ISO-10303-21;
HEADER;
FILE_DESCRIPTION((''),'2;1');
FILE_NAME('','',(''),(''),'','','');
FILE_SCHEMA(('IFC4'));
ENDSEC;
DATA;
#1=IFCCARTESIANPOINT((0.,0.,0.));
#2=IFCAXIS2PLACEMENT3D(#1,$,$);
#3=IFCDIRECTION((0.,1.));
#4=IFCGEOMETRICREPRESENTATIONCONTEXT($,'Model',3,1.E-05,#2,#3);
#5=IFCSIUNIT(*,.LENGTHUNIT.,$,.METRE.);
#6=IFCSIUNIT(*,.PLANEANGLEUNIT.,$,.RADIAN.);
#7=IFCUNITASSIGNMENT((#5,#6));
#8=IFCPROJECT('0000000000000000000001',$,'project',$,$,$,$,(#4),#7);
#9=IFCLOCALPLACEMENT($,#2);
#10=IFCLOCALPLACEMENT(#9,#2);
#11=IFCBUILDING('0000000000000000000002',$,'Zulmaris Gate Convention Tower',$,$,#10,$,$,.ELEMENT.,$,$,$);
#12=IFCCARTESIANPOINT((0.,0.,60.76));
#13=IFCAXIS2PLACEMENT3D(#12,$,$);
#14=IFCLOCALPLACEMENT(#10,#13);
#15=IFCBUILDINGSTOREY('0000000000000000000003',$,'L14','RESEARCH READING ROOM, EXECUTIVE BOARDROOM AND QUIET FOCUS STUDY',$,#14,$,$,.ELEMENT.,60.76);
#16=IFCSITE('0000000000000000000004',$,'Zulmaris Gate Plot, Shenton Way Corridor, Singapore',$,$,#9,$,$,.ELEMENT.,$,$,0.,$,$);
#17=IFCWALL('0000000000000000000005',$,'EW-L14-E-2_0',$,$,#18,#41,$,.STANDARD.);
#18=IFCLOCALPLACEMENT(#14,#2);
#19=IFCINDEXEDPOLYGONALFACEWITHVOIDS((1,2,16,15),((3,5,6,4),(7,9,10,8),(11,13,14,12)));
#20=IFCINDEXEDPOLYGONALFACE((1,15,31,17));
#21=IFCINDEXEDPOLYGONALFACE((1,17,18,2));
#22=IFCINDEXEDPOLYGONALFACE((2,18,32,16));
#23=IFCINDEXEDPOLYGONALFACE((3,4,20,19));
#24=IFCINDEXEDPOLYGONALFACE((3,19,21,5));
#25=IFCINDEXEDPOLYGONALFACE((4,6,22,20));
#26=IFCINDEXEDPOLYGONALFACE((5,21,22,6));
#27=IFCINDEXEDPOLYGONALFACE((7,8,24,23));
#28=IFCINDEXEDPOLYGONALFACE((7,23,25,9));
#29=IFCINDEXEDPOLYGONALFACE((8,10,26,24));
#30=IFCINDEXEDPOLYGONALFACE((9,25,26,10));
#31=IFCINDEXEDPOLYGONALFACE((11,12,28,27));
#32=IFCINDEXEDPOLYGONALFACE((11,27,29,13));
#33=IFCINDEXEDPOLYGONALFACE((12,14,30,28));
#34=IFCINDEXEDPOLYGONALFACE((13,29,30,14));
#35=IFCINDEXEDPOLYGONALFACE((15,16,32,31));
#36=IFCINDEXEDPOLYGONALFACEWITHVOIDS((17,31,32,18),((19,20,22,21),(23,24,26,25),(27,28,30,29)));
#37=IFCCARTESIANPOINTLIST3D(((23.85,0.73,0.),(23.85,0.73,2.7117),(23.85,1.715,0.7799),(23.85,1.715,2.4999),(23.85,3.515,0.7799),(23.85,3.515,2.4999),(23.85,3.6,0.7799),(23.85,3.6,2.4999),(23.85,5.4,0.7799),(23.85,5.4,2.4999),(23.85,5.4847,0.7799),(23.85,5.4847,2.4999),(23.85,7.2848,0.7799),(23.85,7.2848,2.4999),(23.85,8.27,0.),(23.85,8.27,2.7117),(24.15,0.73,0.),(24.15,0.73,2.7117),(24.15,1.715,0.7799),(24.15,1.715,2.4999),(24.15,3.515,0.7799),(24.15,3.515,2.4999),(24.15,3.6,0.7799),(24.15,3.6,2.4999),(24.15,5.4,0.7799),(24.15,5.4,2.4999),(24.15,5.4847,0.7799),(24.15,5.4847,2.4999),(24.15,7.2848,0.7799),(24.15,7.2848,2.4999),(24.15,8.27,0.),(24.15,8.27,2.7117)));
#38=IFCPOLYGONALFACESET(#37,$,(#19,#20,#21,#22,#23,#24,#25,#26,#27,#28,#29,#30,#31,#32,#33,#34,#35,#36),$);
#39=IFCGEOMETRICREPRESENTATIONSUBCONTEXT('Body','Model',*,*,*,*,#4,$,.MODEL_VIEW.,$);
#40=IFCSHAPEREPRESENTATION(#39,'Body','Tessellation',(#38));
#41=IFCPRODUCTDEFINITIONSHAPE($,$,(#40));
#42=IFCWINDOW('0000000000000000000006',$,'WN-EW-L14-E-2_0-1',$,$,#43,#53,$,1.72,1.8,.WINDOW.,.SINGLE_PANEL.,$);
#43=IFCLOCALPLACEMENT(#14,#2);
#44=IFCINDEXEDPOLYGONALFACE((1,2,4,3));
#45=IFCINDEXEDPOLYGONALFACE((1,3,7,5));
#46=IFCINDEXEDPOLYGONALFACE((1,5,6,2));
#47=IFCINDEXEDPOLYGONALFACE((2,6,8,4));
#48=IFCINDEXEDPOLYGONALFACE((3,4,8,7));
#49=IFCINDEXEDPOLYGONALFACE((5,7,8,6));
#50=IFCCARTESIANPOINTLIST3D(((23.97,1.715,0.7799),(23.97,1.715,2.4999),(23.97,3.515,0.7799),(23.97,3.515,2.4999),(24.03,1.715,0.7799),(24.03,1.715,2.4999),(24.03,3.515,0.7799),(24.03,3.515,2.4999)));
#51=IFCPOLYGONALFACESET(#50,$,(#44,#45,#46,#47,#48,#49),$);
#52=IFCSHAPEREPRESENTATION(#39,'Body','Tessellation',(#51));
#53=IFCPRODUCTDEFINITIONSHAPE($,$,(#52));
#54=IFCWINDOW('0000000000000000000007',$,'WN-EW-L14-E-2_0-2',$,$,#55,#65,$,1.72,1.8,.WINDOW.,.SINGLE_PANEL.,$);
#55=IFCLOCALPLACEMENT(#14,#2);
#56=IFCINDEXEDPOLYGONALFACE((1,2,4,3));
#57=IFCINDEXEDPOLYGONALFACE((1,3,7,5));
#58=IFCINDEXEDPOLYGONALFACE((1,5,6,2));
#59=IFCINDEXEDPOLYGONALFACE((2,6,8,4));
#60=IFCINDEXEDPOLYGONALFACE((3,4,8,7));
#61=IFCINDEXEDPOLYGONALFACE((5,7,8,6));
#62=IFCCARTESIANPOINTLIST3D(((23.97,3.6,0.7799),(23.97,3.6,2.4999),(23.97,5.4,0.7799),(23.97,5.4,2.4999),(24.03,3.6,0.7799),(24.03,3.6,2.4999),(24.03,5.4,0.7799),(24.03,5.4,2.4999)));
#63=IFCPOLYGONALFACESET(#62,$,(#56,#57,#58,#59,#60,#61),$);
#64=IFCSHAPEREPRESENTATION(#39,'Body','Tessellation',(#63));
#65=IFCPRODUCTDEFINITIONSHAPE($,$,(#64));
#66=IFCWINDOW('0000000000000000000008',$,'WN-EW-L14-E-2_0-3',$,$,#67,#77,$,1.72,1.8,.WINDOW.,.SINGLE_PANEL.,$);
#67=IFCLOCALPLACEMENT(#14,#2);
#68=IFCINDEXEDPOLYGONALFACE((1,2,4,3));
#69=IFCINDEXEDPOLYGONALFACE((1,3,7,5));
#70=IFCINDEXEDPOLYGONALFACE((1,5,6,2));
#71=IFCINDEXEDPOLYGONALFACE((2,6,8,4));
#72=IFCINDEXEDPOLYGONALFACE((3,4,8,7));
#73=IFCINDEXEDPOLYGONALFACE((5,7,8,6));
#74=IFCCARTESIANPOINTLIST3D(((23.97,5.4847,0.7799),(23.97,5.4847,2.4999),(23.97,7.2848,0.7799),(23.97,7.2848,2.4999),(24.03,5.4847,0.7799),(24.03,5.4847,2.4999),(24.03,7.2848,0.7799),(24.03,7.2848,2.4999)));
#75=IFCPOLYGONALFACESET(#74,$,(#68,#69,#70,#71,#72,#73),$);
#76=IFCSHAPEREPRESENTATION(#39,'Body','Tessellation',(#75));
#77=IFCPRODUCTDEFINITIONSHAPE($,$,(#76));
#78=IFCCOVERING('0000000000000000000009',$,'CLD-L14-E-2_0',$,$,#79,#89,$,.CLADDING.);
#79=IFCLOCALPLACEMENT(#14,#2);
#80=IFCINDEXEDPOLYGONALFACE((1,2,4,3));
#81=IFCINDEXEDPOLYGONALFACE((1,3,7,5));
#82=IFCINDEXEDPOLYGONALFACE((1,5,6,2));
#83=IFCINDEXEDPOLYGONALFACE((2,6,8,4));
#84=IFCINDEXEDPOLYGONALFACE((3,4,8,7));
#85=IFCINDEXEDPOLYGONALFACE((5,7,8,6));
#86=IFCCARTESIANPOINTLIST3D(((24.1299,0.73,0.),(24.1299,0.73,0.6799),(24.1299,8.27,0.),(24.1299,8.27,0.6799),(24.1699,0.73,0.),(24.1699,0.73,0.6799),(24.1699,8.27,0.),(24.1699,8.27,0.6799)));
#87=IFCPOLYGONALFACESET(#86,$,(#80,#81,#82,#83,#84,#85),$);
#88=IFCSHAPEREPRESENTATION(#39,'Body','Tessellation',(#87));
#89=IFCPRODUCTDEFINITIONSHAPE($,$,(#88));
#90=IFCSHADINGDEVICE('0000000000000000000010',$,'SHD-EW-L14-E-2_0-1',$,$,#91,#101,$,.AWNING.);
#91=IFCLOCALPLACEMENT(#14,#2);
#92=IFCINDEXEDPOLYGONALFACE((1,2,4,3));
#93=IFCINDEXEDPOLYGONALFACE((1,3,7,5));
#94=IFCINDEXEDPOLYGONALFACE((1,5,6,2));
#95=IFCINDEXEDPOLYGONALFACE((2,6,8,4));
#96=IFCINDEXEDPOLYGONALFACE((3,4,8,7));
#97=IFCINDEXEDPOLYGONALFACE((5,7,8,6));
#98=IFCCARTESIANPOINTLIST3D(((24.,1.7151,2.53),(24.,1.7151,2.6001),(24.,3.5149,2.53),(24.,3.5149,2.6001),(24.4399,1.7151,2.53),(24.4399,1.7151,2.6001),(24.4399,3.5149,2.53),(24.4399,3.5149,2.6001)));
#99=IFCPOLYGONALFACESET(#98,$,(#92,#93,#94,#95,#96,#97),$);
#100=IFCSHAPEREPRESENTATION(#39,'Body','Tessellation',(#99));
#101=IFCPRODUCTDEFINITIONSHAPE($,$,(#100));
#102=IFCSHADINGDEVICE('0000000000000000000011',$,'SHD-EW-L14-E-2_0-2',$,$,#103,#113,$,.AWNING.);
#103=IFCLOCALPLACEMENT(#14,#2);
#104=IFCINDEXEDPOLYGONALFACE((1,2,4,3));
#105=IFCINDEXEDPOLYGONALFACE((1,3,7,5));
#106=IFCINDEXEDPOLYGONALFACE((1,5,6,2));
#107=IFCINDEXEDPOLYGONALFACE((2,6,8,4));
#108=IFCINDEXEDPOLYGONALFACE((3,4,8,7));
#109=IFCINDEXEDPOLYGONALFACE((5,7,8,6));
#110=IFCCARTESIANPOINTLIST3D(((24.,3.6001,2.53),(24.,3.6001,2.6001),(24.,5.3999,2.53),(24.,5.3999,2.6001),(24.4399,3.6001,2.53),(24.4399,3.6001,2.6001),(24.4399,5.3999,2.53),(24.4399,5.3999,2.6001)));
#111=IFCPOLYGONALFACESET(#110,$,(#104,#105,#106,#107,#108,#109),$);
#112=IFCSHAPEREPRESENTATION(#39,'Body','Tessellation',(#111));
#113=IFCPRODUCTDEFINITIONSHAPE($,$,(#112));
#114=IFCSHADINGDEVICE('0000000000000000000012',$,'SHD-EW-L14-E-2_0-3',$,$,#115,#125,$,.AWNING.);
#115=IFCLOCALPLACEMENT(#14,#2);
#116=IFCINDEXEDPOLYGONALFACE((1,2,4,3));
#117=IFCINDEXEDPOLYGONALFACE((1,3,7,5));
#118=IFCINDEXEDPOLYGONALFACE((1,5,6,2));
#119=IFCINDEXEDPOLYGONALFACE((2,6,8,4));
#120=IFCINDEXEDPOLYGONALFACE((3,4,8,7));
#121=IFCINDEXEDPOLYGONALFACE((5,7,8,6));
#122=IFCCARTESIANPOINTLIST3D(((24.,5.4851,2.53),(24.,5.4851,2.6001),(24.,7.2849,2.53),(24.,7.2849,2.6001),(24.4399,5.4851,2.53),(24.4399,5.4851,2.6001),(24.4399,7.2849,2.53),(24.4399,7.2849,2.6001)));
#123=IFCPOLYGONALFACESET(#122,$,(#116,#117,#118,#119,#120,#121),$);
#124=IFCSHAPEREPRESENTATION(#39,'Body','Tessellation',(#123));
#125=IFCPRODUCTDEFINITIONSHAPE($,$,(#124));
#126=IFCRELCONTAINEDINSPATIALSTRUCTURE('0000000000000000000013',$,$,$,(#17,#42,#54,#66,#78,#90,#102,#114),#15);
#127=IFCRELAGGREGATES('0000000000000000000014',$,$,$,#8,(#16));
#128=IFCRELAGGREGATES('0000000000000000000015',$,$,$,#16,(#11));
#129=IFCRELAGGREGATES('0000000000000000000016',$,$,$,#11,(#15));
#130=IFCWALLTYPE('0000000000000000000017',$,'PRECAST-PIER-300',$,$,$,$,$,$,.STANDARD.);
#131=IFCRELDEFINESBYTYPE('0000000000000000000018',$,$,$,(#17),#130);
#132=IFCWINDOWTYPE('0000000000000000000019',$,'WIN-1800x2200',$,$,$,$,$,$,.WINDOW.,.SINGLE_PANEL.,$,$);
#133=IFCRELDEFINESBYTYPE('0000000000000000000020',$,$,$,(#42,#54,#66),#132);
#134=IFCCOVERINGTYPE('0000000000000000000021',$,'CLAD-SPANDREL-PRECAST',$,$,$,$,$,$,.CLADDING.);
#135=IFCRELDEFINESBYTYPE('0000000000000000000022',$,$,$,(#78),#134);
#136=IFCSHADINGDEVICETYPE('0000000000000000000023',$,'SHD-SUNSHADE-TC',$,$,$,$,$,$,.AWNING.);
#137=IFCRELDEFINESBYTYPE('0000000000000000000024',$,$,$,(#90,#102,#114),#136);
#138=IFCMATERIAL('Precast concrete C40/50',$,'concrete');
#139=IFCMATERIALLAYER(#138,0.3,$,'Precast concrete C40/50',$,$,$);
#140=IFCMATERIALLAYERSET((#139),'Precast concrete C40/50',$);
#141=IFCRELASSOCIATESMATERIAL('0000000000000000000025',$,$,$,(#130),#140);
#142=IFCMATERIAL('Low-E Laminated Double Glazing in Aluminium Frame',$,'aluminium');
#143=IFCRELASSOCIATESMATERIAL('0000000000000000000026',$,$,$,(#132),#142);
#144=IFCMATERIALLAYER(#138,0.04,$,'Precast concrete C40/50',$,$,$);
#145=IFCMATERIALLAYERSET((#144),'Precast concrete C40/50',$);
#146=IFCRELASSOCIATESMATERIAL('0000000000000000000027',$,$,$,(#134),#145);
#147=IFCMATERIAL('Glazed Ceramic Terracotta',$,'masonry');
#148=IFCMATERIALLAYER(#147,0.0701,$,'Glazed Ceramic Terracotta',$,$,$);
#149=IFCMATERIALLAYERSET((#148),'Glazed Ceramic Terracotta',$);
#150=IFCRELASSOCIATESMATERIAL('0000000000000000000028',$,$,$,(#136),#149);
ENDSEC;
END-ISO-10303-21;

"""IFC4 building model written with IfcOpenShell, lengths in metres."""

from ifc_helpers import new_model, si_unit, direction, frame, frame_2d, origin, place, context, subcontext, project, spatial, rectangle, extrude, material, layer, layer_set, type_object, element, fill, save


model = new_model("IFC4")

# Units and contexts
model_context = context("Model", 3, precision=1e-05, world=origin(), true_north=direction((0.0, 1.0)))
body_context = subcontext(model_context, "Body", "Model", "MODEL_VIEW")
ifc_project = project(units=[si_unit("LENGTHUNIT", "METRE"), si_unit("PLANEANGLEUNIT", "RADIAN")], contexts=[model_context])

# Site, building, storey
site_placement = place(None, origin())
site = spatial("IfcSite", under=ifc_project, at=site_placement, Name="Zulmaris Gate Plot, Shenton Way Corridor, Singapore", CompositionType="ELEMENT", RefElevation=0.0)
building_placement = place(site_placement, origin())
building = spatial("IfcBuilding", under=site, at=building_placement, Name="Zulmaris Gate Convention Tower", CompositionType="ELEMENT")
storey_placement = place(building_placement, frame((0.0, 0.0, 60.76)))
storey = spatial("IfcBuildingStorey", under=building, at=storey_placement, Name="L14", Description="RESEARCH READING ROOM, EXECUTIVE BOARDROOM AND QUIET FOCUS STUDY", CompositionType="ELEMENT", Elevation=60.76)

# Wall, openings, windows
ifc_material_1 = material(Name="Precast concrete C40/50", Category="concrete")
ifc_layer_1 = layer(ifc_material_1, 0.3, Name="Precast concrete C40/50")
ifc_layer_set_1 = layer_set([ifc_layer_1], Name="Precast concrete C40/50")
wall_type_1 = type_object("IfcWallType", Name="PRECAST-PIER-300", PredefinedType="STANDARD", material=ifc_layer_set_1)
wall_1_placement = place(storey_placement, frame((24.0, 0.73, 0.0), z_axis=(0.0, 0.0, 1.0), x_axis=(0.0, 1.0, 0.0)))
wall_1 = element("IfcWall", 1, at=wall_1_placement, inside=storey, type_object=wall_type_1, Name="EW-L14-E-2_0", PredefinedType="STANDARD", context=body_context, shape_type="SweptSolid", body=[
    extrude(rectangle(XDim=7.54, YDim=0.3, at=frame_2d((3.77, 0.0))), origin(), (0.0, 0.0, 1.0), 2.7117),
])
opening_1_placement = place(wall_1_placement, frame((0.9851, 0.0, 0.78)))
opening_1 = element("IfcOpeningElement", 2, at=opening_1_placement, cuts=wall_1, PredefinedType="OPENING", context=body_context, shape_type="SweptSolid", body=[
    extrude(rectangle(XDim=1.8, YDim=1.72, at=frame_2d((0.8999, 0.8599))), frame((0.0, 0.1602, 0.0), z_axis=(0.0, -1.0, 0.0), x_axis=(1.0, 0.0, 0.0)), (0.0, 0.0, 1.0), 0.3201),
])
opening_2_placement = place(wall_1_placement, frame((2.8701, 0.0, 0.78)))
opening_2 = element("IfcOpeningElement", 3, at=opening_2_placement, cuts=wall_1, PredefinedType="OPENING", context=body_context, shape_type="SweptSolid", body=[
    extrude(rectangle(XDim=1.8, YDim=1.72, at=frame_2d((0.8999, 0.8599))), frame((0.0, 0.1602, 0.0), z_axis=(0.0, -1.0, 0.0), x_axis=(1.0, 0.0, 0.0)), (0.0, 0.0, 1.0), 0.3201),
])
opening_3_placement = place(wall_1_placement, frame((4.7549, 0.0, 0.78)))
opening_3 = element("IfcOpeningElement", 4, at=opening_3_placement, cuts=wall_1, PredefinedType="OPENING", context=body_context, shape_type="SweptSolid", body=[
    extrude(rectangle(XDim=1.8, YDim=1.72, at=frame_2d((0.8999, 0.8599))), frame((0.0, 0.1602, 0.0), z_axis=(0.0, -1.0, 0.0), x_axis=(1.0, 0.0, 0.0)), (0.0, 0.0, 1.0), 0.3201),
])
ifc_material_2 = material(Name="Low-E Laminated Double Glazing in Aluminium Frame", Category="aluminium")
window_type = type_object("IfcWindowType", Name="WIN-1800x2200", PartitioningType="SINGLE_PANEL", PredefinedType="WINDOW", material=ifc_material_2)
window_1_placement = place(opening_1_placement, origin())
window_1 = element("IfcWindow", 5, at=window_1_placement, inside=storey, type_object=window_type, Name="WN-EW-L14-E-2_0-1", OverallHeight=1.72, OverallWidth=1.8, PartitioningType="SINGLE_PANEL", PredefinedType="WINDOW", context=body_context, shape_type="SweptSolid", body=[
    extrude(rectangle(XDim=1.8, YDim=1.72, at=frame_2d((0.8999, 0.8599))), frame((0.0, 0.03, 0.0), z_axis=(0.0, -1.0, 0.0), x_axis=(1.0, 0.0, 0.0)), (0.0, 0.0, 1.0), 0.0601),
])
fill(opening_1, window_1)
window_2_placement = place(opening_2_placement, origin())
window_2 = element("IfcWindow", 6, at=window_2_placement, inside=storey, type_object=window_type, Name="WN-EW-L14-E-2_0-2", OverallHeight=1.72, OverallWidth=1.8, PartitioningType="SINGLE_PANEL", PredefinedType="WINDOW", context=body_context, shape_type="SweptSolid", body=[
    extrude(rectangle(XDim=1.8, YDim=1.72, at=frame_2d((0.8999, 0.8599))), frame((0.0, 0.03, 0.0), z_axis=(0.0, -1.0, 0.0), x_axis=(1.0, 0.0, 0.0)), (0.0, 0.0, 1.0), 0.0601),
])
fill(opening_2, window_2)
window_3_placement = place(opening_3_placement, origin())
window_3 = element("IfcWindow", 7, at=window_3_placement, inside=storey, type_object=window_type, Name="WN-EW-L14-E-2_0-3", OverallHeight=1.72, OverallWidth=1.8, PartitioningType="SINGLE_PANEL", PredefinedType="WINDOW", context=body_context, shape_type="SweptSolid", body=[
    extrude(rectangle(XDim=1.8, YDim=1.72, at=frame_2d((0.8999, 0.8599))), frame((0.0, 0.03, 0.0), z_axis=(0.0, -1.0, 0.0), x_axis=(1.0, 0.0, 0.0)), (0.0, 0.0, 1.0), 0.0601),
])
fill(opening_3, window_3)

# Covering
ifc_layer_2 = layer(ifc_material_1, 0.04, Name="Precast concrete C40/50")
ifc_layer_set_2 = layer_set([ifc_layer_2], Name="Precast concrete C40/50")
covering_type = type_object("IfcCoveringType", Name="CLAD-SPANDREL-PRECAST", PredefinedType="CLADDING", material=ifc_layer_set_2)
covering_placement = place(storey_placement, frame((24.1499, 0.73, 0.0), z_axis=(0.0, 0.0, 1.0), x_axis=(0.0, 1.0, 0.0)))
element("IfcCovering", 8, at=covering_placement, inside=storey, type_object=covering_type, Name="CLD-L14-E-2_0", PredefinedType="CLADDING", context=body_context, shape_type="SweptSolid", body=[
    extrude(rectangle(XDim=7.54, YDim=0.04, at=frame_2d((3.77, 0.0))), origin(), (0.0, 0.0, 1.0), 0.6799),
])

# Shading devices
ifc_material_3 = material(Name="Glazed Ceramic Terracotta", Category="masonry")
ifc_layer_3 = layer(ifc_material_3, 0.0701, Name="Glazed Ceramic Terracotta")
ifc_layer_set_3 = layer_set([ifc_layer_3], Name="Glazed Ceramic Terracotta")
shading_device_type = type_object("IfcShadingDeviceType", Name="SHD-SUNSHADE-TC", PredefinedType="AWNING", material=ifc_layer_set_3)
for number, where, z_axis, x_axis, name in (
    (9, (24.22, 1.7151, 2.53), (0.0, 0.0, 1.0), (0.0, 1.0, 0.0), "SHD-EW-L14-E-2_0-1"),
    (10, (24.22, 3.6001, 2.53), (0.0, 0.0, 1.0), (0.0, 1.0, 0.0), "SHD-EW-L14-E-2_0-2"),
    (11, (24.22, 5.4851, 2.53), (0.0, 0.0, 1.0), (0.0, 1.0, 0.0), "SHD-EW-L14-E-2_0-3"),
):
    element("IfcShadingDevice", number, at=place(storey_placement, frame(where, z_axis=z_axis, x_axis=x_axis)), inside=storey, type_object=shading_device_type, Name=name, PredefinedType="AWNING", context=body_context, shape_type="SweptSolid", body=[
        extrude(rectangle(XDim=1.7998, YDim=0.4399, at=frame_2d((0.8999, 0.0))), origin(), (0.0, 0.0, 1.0), 0.0701),
    ])

save(model, "model.ifc")
